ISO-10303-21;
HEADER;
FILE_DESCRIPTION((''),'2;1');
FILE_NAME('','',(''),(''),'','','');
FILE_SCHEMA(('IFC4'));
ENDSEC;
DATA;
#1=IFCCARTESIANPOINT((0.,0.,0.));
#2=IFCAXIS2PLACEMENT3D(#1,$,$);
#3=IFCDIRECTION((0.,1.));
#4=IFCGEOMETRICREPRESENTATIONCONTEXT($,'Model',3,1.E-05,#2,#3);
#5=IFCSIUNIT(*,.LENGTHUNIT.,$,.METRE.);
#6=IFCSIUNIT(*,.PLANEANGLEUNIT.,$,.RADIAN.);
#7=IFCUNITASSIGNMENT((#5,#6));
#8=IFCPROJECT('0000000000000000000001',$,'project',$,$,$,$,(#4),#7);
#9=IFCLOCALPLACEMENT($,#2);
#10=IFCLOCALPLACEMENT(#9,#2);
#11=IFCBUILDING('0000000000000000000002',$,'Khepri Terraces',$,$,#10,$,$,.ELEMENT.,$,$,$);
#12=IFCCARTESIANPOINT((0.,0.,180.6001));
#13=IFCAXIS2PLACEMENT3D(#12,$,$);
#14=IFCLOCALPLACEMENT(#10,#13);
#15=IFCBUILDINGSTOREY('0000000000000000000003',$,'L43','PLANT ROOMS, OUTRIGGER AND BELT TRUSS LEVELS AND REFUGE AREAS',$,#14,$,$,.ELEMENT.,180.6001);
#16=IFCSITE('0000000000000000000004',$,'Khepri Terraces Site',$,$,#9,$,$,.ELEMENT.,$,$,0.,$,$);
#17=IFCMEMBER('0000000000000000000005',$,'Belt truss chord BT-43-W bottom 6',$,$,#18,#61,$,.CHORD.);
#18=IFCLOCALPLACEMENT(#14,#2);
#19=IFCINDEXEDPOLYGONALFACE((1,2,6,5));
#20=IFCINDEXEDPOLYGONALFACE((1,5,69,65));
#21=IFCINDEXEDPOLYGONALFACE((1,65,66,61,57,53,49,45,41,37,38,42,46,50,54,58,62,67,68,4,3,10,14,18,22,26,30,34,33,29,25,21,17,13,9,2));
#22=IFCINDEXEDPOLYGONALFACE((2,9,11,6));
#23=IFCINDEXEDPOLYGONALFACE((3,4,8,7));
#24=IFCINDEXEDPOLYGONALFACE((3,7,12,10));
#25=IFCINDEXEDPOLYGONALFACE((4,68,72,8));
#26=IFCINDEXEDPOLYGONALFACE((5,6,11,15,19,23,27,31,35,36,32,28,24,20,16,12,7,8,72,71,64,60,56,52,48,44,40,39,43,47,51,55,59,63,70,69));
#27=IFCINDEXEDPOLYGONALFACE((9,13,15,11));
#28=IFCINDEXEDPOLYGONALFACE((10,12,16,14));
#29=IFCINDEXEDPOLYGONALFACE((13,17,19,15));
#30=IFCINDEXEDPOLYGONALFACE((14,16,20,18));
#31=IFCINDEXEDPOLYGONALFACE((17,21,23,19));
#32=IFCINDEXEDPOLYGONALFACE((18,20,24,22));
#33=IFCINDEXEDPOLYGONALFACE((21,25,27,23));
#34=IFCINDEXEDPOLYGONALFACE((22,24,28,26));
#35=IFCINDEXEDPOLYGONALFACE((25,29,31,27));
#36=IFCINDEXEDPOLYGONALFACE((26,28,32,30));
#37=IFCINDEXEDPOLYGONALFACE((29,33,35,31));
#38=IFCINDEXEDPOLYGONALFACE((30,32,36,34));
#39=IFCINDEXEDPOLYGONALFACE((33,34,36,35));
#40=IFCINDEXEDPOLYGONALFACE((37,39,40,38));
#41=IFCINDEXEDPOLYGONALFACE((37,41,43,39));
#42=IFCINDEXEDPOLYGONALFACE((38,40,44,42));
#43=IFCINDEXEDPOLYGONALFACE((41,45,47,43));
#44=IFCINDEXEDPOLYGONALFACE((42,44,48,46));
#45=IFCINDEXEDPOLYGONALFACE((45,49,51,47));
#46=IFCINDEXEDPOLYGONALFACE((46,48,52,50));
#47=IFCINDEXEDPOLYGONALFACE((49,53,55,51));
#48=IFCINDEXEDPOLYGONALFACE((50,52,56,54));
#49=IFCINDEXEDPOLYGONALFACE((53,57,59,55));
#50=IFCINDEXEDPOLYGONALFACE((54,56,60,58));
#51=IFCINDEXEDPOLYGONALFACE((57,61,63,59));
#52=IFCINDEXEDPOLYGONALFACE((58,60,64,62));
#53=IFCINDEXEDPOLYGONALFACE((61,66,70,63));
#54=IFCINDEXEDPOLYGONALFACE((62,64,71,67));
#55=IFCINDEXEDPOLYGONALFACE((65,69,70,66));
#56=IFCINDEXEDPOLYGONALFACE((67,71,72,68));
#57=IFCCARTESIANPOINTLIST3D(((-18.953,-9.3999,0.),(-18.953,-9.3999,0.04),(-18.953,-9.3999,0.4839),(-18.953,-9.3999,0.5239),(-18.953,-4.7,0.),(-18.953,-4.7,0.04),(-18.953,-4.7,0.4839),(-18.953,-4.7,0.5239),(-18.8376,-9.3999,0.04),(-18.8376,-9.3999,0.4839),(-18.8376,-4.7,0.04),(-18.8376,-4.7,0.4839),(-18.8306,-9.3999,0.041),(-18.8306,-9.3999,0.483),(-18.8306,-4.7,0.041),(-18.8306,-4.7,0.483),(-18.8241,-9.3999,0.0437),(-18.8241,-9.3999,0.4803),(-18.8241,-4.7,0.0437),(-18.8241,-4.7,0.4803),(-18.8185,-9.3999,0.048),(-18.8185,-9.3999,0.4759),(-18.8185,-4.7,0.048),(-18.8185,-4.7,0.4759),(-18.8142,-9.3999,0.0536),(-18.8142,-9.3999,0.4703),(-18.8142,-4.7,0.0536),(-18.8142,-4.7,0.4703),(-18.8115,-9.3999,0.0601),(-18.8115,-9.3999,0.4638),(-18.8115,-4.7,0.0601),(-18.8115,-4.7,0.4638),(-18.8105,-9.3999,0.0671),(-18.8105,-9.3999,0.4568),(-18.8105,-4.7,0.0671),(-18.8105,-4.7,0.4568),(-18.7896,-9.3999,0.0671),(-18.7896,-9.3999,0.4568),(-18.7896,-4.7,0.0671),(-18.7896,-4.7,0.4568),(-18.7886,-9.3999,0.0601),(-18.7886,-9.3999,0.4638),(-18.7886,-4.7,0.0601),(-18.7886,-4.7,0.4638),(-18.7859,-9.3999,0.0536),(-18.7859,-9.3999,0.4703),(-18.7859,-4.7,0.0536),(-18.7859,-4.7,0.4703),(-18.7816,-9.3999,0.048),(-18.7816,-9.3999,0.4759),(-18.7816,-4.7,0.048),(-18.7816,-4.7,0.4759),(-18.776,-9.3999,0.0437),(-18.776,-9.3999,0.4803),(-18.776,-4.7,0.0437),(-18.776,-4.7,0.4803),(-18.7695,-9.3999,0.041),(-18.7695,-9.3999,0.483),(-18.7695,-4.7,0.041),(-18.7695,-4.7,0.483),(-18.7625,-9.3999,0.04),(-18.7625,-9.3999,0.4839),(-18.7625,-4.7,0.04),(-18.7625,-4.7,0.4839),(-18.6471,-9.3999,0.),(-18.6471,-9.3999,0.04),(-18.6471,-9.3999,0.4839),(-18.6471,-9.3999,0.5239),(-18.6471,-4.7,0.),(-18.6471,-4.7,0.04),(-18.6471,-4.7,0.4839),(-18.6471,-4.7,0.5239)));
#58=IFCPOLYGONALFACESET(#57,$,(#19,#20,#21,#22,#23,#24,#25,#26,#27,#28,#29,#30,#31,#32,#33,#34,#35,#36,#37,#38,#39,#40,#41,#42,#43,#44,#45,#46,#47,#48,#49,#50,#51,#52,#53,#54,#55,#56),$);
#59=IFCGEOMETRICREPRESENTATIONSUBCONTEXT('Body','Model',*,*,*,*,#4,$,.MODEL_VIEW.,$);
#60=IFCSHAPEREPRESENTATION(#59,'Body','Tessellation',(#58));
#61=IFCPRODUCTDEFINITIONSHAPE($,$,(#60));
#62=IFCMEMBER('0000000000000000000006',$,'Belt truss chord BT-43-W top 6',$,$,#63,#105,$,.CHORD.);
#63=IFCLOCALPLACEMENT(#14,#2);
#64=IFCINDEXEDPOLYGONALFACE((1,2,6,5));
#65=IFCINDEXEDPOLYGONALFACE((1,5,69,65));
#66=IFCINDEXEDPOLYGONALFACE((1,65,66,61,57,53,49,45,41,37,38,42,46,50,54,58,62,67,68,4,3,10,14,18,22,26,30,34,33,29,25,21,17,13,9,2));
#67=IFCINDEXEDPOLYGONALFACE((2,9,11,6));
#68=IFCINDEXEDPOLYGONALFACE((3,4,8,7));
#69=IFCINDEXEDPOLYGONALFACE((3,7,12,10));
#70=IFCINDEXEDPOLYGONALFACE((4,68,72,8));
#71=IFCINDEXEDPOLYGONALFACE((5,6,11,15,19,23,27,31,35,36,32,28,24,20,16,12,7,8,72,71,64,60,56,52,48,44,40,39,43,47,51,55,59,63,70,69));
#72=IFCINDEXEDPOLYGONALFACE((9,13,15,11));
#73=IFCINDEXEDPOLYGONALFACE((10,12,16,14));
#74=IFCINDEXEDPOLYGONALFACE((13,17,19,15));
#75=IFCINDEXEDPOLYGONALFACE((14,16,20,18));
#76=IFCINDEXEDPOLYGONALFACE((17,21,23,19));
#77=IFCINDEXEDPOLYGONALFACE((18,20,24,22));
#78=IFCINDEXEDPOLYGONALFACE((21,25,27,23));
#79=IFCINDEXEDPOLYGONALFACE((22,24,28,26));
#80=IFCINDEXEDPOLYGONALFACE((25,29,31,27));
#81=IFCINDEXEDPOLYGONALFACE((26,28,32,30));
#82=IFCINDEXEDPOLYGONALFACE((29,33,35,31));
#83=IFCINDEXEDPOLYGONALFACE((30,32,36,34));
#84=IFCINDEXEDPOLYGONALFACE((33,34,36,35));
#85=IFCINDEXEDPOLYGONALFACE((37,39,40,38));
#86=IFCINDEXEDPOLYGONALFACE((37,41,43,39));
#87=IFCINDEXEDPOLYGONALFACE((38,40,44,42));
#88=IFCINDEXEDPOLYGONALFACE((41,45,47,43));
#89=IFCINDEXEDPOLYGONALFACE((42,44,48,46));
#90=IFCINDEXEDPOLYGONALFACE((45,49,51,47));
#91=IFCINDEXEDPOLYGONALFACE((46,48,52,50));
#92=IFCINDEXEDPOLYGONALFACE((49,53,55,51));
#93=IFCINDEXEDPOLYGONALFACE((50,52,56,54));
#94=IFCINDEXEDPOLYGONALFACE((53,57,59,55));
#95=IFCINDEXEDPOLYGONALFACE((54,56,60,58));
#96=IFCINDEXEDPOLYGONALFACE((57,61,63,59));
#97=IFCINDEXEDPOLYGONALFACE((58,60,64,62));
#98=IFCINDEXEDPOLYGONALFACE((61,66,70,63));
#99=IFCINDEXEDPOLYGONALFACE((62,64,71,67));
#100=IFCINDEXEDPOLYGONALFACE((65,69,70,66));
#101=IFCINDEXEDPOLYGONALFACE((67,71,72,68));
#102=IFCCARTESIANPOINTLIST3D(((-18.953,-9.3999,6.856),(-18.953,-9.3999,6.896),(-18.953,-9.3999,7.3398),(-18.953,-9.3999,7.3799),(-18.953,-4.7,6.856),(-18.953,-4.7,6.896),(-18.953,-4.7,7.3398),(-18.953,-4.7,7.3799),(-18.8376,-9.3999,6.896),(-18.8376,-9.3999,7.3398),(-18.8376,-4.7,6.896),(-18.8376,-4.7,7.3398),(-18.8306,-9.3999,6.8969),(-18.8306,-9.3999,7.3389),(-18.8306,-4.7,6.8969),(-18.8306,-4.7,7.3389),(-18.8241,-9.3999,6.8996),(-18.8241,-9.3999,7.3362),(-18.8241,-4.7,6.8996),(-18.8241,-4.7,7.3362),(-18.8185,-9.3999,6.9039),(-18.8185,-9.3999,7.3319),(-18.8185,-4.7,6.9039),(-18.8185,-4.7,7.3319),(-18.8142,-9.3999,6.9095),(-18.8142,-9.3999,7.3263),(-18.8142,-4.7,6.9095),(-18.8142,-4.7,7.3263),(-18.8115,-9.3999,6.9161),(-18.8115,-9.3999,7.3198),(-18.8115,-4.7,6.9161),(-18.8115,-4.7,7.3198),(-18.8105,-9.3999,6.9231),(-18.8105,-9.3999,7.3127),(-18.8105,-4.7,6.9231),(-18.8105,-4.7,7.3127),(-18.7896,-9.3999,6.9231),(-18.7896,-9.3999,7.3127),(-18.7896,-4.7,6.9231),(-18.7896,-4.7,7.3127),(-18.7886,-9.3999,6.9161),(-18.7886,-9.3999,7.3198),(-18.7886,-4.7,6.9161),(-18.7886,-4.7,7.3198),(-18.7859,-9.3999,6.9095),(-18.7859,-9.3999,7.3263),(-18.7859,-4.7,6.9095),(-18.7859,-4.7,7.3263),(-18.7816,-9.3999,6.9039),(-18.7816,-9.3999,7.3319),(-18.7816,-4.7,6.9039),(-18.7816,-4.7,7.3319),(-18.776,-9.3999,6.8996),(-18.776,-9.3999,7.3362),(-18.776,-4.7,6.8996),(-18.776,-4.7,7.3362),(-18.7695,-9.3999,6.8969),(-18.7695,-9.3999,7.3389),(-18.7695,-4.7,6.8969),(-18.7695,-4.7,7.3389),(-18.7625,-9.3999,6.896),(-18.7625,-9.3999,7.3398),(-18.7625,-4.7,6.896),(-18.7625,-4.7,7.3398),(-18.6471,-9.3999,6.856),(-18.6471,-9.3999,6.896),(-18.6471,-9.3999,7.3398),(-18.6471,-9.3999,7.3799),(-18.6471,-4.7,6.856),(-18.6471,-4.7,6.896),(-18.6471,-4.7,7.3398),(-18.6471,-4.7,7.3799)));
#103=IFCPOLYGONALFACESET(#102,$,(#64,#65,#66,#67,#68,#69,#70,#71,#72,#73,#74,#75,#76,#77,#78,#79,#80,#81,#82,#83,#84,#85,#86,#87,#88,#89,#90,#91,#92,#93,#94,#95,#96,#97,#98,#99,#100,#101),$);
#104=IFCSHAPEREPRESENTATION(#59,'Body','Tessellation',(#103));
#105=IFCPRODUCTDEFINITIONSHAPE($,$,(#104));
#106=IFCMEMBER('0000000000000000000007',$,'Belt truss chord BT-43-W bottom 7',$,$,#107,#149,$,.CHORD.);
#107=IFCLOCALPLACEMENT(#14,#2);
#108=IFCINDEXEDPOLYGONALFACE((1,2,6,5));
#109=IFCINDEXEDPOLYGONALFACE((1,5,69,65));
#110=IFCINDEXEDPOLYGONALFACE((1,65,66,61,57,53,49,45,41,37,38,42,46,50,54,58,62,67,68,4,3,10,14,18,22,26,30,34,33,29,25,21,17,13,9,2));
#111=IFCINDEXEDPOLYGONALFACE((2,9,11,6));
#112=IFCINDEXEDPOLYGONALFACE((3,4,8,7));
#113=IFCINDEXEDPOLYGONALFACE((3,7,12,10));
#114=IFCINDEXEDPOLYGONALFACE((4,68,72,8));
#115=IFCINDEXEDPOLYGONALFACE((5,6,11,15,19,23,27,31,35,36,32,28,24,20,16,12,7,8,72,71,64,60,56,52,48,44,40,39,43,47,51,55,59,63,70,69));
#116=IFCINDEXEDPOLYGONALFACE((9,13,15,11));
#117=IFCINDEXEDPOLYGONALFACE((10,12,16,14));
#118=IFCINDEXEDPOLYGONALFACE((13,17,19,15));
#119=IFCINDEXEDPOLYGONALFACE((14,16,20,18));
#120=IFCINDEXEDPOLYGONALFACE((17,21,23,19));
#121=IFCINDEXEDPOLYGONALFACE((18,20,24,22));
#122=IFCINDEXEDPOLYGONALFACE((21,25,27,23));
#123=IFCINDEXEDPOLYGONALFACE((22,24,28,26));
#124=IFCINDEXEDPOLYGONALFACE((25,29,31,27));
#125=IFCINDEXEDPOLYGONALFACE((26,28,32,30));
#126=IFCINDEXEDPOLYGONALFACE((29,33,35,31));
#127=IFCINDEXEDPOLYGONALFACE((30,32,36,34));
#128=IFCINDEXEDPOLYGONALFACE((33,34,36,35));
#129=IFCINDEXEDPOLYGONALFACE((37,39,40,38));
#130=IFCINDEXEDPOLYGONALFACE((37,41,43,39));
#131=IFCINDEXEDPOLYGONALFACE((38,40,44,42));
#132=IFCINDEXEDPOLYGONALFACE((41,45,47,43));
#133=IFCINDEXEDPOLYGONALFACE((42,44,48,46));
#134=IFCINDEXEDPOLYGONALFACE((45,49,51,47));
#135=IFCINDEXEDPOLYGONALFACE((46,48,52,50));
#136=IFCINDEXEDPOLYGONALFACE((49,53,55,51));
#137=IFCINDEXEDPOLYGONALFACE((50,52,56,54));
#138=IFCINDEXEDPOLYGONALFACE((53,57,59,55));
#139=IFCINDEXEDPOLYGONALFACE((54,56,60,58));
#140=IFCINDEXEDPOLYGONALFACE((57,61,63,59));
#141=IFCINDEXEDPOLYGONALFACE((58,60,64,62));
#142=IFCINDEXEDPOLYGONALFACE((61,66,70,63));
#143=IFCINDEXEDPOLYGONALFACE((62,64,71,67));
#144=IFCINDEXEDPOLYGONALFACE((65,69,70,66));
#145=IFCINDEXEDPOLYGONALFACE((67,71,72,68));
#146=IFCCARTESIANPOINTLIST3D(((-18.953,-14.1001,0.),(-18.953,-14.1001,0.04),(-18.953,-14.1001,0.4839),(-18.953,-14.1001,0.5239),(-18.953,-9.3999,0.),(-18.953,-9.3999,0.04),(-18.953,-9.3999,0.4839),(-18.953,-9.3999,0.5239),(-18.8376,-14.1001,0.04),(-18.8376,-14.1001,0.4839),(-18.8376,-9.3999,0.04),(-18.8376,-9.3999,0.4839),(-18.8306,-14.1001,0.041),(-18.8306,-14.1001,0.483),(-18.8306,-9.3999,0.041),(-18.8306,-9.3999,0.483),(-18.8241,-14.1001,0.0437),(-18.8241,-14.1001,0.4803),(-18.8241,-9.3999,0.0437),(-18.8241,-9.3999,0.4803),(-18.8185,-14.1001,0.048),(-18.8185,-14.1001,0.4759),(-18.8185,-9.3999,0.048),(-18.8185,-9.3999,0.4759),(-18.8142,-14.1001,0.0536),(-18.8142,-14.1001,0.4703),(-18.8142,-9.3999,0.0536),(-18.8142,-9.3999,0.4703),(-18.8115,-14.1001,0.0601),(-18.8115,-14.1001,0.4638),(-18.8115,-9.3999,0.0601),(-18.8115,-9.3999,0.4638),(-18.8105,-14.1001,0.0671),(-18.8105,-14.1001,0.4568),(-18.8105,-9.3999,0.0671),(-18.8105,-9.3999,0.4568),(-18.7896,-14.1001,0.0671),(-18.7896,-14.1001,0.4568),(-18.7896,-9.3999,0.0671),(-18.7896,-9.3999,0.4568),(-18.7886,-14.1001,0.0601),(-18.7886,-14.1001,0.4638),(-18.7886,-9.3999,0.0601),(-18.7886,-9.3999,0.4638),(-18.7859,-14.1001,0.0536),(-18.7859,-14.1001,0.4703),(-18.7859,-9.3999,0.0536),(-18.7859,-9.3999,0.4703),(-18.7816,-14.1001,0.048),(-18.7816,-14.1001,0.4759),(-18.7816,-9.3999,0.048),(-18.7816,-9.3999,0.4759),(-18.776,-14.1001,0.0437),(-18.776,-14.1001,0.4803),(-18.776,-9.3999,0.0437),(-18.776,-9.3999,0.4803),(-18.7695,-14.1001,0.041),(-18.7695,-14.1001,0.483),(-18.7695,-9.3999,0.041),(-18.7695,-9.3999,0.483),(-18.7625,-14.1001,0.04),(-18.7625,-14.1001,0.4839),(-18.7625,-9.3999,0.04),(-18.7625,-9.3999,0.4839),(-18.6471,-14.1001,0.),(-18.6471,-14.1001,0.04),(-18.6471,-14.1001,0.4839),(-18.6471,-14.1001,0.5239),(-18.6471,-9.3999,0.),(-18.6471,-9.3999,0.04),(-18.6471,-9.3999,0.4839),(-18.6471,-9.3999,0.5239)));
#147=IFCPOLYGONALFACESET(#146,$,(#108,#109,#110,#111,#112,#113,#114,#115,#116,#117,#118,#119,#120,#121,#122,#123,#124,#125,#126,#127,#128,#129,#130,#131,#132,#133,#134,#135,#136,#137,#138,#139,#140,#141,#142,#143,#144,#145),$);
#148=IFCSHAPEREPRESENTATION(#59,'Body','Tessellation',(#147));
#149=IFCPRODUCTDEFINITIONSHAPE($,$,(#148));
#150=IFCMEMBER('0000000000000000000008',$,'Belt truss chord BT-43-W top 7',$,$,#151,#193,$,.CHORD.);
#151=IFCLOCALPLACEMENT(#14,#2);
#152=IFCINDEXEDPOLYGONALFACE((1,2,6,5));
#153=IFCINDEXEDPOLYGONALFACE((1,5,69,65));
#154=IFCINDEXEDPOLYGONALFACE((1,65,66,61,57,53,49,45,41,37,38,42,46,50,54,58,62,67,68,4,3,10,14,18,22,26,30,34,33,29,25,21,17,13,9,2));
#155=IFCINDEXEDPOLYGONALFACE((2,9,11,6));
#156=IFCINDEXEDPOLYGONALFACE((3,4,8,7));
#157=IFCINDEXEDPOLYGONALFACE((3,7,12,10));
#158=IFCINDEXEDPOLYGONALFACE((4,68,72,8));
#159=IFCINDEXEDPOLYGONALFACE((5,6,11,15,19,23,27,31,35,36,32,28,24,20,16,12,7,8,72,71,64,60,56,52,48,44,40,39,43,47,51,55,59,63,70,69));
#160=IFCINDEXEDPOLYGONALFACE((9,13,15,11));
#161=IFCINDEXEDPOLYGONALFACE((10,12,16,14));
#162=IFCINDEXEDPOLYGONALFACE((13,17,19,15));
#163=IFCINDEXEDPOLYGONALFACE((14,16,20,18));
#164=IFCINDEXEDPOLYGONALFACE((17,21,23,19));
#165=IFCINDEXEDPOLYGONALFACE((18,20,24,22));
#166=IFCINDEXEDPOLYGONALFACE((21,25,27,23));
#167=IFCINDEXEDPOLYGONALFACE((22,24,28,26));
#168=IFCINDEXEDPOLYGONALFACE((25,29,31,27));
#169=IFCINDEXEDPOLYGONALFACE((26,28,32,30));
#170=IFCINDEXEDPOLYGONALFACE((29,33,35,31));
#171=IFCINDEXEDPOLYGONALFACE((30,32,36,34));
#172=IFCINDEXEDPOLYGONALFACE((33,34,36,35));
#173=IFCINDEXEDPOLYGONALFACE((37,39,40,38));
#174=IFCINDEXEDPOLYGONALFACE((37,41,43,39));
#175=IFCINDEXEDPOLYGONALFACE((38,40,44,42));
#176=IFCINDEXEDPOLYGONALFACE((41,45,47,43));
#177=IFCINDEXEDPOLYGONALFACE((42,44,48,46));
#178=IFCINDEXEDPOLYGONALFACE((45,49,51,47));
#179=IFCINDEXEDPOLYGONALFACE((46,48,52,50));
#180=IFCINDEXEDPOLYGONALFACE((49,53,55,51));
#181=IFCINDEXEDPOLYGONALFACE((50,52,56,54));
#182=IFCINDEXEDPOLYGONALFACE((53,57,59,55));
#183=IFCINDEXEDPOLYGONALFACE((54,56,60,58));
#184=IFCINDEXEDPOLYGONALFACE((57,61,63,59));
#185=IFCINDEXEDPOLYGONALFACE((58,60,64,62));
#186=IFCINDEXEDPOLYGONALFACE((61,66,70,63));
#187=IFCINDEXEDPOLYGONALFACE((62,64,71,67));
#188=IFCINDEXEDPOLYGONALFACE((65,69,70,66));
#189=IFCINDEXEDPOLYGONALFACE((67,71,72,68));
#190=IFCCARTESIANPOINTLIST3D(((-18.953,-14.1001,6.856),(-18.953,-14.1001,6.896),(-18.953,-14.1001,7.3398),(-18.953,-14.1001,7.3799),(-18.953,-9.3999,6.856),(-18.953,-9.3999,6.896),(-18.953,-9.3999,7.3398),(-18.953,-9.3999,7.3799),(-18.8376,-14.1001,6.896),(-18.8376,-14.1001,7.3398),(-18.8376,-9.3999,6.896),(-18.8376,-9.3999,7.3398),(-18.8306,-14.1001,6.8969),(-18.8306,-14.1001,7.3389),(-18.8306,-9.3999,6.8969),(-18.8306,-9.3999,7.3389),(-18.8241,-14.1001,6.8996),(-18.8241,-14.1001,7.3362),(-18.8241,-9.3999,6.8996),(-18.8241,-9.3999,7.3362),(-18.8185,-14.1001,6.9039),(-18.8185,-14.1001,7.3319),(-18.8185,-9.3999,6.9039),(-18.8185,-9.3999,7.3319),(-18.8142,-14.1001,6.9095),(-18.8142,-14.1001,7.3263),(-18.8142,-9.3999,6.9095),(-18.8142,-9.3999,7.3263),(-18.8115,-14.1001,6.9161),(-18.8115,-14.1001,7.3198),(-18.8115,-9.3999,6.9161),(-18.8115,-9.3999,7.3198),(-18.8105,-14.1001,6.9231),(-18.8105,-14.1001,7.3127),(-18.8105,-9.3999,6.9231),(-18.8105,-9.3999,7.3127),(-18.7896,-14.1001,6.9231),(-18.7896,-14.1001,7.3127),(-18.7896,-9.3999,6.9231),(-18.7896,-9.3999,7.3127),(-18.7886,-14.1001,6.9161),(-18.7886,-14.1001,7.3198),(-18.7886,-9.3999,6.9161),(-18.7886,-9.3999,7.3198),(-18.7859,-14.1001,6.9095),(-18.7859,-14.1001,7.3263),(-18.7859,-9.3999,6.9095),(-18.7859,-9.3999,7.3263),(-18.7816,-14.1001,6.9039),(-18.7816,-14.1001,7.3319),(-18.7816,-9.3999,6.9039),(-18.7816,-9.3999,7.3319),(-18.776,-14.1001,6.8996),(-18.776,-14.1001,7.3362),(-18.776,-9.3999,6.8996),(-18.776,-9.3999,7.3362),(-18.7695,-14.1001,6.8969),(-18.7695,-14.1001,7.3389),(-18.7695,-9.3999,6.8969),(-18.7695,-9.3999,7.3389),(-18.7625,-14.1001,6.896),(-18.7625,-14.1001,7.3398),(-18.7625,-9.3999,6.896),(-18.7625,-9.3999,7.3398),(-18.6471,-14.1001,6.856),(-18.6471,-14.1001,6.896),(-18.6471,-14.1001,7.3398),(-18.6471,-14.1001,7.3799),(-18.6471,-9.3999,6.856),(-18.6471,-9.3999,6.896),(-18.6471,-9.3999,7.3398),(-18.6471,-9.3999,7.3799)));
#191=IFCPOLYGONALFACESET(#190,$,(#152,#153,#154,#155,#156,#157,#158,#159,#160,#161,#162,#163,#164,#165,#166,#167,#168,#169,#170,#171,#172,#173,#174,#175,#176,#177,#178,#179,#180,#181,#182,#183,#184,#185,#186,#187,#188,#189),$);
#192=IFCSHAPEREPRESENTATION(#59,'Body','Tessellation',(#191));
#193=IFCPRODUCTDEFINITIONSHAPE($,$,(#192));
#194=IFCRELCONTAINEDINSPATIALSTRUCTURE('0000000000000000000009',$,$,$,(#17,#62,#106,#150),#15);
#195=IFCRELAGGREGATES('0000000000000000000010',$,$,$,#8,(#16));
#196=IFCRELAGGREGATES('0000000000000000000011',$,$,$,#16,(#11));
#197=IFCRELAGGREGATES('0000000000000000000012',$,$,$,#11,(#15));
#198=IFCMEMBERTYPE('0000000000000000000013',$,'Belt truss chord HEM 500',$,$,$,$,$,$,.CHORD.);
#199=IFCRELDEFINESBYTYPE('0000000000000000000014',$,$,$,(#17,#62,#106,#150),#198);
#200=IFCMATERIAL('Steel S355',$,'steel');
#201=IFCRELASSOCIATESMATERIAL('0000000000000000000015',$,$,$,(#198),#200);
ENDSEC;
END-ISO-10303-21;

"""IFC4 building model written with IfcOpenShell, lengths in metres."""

from ifc_helpers import new_model, si_unit, direction, frame, origin, origin_2d, place, context, subcontext, project, spatial, i_section, extrude, material, material_profile, profile_set, type_object, element, save


model = new_model("IFC4")

# Units and contexts
model_context = context("Model", 3, precision=1e-05, world=origin(), true_north=direction((0.0, 1.0)))
body_context = subcontext(model_context, "Body", "Model", "MODEL_VIEW")
ifc_project = project(units=[si_unit("LENGTHUNIT", "METRE"), si_unit("PLANEANGLEUNIT", "RADIAN")], contexts=[model_context])

# Site, building, storey
site_placement = place(None, origin())
site = spatial("IfcSite", under=ifc_project, at=site_placement, Name="Khepri Terraces Site", CompositionType="ELEMENT", RefElevation=0.0)
building_placement = place(site_placement, origin())
building = spatial("IfcBuilding", under=site, at=building_placement, Name="Khepri Terraces", CompositionType="ELEMENT")
storey_placement = place(building_placement, frame((0.0, 0.0, 180.6001)))
storey = spatial("IfcBuildingStorey", under=building, at=storey_placement, Name="L43", Description="PLANT ROOMS, OUTRIGGER AND BELT TRUSS LEVELS AND REFUGE AREAS", CompositionType="ELEMENT", Elevation=180.6001)

# Members
ifc_material_1 = material(Name="Steel S355", Category="steel")
ifc_material_profile_1 = material_profile(ifc_material_1, i_section(OverallWidth=0.3059, OverallDepth=0.5239, WebThickness=0.021, FlangeThickness=0.04, FilletRadius=0.0271, at=origin_2d()), Name="Steel S355", Category="steel")
ifc_profile_set_1 = profile_set([ifc_material_profile_1], Name="Steel S355")
member_type_1 = type_object("IfcMemberType", Name="Belt truss chord HEM 500", PredefinedType="CHORD", material=ifc_profile_set_1)
for number, where, z_axis, x_axis, name in (
    (1, (-18.8, -4.7, 0.262), (0.0, -1.0, 0.0), (1.0, 0.0, 0.0), "Belt truss chord BT-43-W bottom 6"),
    (2, (-18.8, -4.7, 7.1179), (0.0, -1.0, 0.0), (1.0, 0.0, 0.0), "Belt truss chord BT-43-W top 6"),
):
    element("IfcMember", number, at=place(storey_placement, frame(where, z_axis=z_axis, x_axis=x_axis)), inside=storey, type_object=member_type_1, Name=name, PredefinedType="CHORD", context=body_context, shape_type="SweptSolid", body=[
        extrude(i_section(OverallWidth=0.3059, OverallDepth=0.5239, WebThickness=0.021, FlangeThickness=0.04, FilletRadius=0.0271, at=origin_2d()), origin(), (0.0, 0.0, 1.0), 4.7),
    ])
for number, where, z_axis, x_axis, name in (
    (3, (-18.8, -9.3999, 0.262), (0.0, -1.0, 0.0), (1.0, 0.0, 0.0), "Belt truss chord BT-43-W bottom 7"),
    (4, (-18.8, -9.3999, 7.1179), (0.0, -1.0, 0.0), (1.0, 0.0, 0.0), "Belt truss chord BT-43-W top 7"),
):
    element("IfcMember", number, at=place(storey_placement, frame(where, z_axis=z_axis, x_axis=x_axis)), inside=storey, type_object=member_type_1, Name=name, PredefinedType="CHORD", context=body_context, shape_type="SweptSolid", body=[
        extrude(i_section(OverallWidth=0.3059, OverallDepth=0.5239, WebThickness=0.021, FlangeThickness=0.04, FilletRadius=0.0271, at=origin_2d()), origin(), (0.0, 0.0, 1.0), 4.7002),
    ])

save(model, "model.ifc")
